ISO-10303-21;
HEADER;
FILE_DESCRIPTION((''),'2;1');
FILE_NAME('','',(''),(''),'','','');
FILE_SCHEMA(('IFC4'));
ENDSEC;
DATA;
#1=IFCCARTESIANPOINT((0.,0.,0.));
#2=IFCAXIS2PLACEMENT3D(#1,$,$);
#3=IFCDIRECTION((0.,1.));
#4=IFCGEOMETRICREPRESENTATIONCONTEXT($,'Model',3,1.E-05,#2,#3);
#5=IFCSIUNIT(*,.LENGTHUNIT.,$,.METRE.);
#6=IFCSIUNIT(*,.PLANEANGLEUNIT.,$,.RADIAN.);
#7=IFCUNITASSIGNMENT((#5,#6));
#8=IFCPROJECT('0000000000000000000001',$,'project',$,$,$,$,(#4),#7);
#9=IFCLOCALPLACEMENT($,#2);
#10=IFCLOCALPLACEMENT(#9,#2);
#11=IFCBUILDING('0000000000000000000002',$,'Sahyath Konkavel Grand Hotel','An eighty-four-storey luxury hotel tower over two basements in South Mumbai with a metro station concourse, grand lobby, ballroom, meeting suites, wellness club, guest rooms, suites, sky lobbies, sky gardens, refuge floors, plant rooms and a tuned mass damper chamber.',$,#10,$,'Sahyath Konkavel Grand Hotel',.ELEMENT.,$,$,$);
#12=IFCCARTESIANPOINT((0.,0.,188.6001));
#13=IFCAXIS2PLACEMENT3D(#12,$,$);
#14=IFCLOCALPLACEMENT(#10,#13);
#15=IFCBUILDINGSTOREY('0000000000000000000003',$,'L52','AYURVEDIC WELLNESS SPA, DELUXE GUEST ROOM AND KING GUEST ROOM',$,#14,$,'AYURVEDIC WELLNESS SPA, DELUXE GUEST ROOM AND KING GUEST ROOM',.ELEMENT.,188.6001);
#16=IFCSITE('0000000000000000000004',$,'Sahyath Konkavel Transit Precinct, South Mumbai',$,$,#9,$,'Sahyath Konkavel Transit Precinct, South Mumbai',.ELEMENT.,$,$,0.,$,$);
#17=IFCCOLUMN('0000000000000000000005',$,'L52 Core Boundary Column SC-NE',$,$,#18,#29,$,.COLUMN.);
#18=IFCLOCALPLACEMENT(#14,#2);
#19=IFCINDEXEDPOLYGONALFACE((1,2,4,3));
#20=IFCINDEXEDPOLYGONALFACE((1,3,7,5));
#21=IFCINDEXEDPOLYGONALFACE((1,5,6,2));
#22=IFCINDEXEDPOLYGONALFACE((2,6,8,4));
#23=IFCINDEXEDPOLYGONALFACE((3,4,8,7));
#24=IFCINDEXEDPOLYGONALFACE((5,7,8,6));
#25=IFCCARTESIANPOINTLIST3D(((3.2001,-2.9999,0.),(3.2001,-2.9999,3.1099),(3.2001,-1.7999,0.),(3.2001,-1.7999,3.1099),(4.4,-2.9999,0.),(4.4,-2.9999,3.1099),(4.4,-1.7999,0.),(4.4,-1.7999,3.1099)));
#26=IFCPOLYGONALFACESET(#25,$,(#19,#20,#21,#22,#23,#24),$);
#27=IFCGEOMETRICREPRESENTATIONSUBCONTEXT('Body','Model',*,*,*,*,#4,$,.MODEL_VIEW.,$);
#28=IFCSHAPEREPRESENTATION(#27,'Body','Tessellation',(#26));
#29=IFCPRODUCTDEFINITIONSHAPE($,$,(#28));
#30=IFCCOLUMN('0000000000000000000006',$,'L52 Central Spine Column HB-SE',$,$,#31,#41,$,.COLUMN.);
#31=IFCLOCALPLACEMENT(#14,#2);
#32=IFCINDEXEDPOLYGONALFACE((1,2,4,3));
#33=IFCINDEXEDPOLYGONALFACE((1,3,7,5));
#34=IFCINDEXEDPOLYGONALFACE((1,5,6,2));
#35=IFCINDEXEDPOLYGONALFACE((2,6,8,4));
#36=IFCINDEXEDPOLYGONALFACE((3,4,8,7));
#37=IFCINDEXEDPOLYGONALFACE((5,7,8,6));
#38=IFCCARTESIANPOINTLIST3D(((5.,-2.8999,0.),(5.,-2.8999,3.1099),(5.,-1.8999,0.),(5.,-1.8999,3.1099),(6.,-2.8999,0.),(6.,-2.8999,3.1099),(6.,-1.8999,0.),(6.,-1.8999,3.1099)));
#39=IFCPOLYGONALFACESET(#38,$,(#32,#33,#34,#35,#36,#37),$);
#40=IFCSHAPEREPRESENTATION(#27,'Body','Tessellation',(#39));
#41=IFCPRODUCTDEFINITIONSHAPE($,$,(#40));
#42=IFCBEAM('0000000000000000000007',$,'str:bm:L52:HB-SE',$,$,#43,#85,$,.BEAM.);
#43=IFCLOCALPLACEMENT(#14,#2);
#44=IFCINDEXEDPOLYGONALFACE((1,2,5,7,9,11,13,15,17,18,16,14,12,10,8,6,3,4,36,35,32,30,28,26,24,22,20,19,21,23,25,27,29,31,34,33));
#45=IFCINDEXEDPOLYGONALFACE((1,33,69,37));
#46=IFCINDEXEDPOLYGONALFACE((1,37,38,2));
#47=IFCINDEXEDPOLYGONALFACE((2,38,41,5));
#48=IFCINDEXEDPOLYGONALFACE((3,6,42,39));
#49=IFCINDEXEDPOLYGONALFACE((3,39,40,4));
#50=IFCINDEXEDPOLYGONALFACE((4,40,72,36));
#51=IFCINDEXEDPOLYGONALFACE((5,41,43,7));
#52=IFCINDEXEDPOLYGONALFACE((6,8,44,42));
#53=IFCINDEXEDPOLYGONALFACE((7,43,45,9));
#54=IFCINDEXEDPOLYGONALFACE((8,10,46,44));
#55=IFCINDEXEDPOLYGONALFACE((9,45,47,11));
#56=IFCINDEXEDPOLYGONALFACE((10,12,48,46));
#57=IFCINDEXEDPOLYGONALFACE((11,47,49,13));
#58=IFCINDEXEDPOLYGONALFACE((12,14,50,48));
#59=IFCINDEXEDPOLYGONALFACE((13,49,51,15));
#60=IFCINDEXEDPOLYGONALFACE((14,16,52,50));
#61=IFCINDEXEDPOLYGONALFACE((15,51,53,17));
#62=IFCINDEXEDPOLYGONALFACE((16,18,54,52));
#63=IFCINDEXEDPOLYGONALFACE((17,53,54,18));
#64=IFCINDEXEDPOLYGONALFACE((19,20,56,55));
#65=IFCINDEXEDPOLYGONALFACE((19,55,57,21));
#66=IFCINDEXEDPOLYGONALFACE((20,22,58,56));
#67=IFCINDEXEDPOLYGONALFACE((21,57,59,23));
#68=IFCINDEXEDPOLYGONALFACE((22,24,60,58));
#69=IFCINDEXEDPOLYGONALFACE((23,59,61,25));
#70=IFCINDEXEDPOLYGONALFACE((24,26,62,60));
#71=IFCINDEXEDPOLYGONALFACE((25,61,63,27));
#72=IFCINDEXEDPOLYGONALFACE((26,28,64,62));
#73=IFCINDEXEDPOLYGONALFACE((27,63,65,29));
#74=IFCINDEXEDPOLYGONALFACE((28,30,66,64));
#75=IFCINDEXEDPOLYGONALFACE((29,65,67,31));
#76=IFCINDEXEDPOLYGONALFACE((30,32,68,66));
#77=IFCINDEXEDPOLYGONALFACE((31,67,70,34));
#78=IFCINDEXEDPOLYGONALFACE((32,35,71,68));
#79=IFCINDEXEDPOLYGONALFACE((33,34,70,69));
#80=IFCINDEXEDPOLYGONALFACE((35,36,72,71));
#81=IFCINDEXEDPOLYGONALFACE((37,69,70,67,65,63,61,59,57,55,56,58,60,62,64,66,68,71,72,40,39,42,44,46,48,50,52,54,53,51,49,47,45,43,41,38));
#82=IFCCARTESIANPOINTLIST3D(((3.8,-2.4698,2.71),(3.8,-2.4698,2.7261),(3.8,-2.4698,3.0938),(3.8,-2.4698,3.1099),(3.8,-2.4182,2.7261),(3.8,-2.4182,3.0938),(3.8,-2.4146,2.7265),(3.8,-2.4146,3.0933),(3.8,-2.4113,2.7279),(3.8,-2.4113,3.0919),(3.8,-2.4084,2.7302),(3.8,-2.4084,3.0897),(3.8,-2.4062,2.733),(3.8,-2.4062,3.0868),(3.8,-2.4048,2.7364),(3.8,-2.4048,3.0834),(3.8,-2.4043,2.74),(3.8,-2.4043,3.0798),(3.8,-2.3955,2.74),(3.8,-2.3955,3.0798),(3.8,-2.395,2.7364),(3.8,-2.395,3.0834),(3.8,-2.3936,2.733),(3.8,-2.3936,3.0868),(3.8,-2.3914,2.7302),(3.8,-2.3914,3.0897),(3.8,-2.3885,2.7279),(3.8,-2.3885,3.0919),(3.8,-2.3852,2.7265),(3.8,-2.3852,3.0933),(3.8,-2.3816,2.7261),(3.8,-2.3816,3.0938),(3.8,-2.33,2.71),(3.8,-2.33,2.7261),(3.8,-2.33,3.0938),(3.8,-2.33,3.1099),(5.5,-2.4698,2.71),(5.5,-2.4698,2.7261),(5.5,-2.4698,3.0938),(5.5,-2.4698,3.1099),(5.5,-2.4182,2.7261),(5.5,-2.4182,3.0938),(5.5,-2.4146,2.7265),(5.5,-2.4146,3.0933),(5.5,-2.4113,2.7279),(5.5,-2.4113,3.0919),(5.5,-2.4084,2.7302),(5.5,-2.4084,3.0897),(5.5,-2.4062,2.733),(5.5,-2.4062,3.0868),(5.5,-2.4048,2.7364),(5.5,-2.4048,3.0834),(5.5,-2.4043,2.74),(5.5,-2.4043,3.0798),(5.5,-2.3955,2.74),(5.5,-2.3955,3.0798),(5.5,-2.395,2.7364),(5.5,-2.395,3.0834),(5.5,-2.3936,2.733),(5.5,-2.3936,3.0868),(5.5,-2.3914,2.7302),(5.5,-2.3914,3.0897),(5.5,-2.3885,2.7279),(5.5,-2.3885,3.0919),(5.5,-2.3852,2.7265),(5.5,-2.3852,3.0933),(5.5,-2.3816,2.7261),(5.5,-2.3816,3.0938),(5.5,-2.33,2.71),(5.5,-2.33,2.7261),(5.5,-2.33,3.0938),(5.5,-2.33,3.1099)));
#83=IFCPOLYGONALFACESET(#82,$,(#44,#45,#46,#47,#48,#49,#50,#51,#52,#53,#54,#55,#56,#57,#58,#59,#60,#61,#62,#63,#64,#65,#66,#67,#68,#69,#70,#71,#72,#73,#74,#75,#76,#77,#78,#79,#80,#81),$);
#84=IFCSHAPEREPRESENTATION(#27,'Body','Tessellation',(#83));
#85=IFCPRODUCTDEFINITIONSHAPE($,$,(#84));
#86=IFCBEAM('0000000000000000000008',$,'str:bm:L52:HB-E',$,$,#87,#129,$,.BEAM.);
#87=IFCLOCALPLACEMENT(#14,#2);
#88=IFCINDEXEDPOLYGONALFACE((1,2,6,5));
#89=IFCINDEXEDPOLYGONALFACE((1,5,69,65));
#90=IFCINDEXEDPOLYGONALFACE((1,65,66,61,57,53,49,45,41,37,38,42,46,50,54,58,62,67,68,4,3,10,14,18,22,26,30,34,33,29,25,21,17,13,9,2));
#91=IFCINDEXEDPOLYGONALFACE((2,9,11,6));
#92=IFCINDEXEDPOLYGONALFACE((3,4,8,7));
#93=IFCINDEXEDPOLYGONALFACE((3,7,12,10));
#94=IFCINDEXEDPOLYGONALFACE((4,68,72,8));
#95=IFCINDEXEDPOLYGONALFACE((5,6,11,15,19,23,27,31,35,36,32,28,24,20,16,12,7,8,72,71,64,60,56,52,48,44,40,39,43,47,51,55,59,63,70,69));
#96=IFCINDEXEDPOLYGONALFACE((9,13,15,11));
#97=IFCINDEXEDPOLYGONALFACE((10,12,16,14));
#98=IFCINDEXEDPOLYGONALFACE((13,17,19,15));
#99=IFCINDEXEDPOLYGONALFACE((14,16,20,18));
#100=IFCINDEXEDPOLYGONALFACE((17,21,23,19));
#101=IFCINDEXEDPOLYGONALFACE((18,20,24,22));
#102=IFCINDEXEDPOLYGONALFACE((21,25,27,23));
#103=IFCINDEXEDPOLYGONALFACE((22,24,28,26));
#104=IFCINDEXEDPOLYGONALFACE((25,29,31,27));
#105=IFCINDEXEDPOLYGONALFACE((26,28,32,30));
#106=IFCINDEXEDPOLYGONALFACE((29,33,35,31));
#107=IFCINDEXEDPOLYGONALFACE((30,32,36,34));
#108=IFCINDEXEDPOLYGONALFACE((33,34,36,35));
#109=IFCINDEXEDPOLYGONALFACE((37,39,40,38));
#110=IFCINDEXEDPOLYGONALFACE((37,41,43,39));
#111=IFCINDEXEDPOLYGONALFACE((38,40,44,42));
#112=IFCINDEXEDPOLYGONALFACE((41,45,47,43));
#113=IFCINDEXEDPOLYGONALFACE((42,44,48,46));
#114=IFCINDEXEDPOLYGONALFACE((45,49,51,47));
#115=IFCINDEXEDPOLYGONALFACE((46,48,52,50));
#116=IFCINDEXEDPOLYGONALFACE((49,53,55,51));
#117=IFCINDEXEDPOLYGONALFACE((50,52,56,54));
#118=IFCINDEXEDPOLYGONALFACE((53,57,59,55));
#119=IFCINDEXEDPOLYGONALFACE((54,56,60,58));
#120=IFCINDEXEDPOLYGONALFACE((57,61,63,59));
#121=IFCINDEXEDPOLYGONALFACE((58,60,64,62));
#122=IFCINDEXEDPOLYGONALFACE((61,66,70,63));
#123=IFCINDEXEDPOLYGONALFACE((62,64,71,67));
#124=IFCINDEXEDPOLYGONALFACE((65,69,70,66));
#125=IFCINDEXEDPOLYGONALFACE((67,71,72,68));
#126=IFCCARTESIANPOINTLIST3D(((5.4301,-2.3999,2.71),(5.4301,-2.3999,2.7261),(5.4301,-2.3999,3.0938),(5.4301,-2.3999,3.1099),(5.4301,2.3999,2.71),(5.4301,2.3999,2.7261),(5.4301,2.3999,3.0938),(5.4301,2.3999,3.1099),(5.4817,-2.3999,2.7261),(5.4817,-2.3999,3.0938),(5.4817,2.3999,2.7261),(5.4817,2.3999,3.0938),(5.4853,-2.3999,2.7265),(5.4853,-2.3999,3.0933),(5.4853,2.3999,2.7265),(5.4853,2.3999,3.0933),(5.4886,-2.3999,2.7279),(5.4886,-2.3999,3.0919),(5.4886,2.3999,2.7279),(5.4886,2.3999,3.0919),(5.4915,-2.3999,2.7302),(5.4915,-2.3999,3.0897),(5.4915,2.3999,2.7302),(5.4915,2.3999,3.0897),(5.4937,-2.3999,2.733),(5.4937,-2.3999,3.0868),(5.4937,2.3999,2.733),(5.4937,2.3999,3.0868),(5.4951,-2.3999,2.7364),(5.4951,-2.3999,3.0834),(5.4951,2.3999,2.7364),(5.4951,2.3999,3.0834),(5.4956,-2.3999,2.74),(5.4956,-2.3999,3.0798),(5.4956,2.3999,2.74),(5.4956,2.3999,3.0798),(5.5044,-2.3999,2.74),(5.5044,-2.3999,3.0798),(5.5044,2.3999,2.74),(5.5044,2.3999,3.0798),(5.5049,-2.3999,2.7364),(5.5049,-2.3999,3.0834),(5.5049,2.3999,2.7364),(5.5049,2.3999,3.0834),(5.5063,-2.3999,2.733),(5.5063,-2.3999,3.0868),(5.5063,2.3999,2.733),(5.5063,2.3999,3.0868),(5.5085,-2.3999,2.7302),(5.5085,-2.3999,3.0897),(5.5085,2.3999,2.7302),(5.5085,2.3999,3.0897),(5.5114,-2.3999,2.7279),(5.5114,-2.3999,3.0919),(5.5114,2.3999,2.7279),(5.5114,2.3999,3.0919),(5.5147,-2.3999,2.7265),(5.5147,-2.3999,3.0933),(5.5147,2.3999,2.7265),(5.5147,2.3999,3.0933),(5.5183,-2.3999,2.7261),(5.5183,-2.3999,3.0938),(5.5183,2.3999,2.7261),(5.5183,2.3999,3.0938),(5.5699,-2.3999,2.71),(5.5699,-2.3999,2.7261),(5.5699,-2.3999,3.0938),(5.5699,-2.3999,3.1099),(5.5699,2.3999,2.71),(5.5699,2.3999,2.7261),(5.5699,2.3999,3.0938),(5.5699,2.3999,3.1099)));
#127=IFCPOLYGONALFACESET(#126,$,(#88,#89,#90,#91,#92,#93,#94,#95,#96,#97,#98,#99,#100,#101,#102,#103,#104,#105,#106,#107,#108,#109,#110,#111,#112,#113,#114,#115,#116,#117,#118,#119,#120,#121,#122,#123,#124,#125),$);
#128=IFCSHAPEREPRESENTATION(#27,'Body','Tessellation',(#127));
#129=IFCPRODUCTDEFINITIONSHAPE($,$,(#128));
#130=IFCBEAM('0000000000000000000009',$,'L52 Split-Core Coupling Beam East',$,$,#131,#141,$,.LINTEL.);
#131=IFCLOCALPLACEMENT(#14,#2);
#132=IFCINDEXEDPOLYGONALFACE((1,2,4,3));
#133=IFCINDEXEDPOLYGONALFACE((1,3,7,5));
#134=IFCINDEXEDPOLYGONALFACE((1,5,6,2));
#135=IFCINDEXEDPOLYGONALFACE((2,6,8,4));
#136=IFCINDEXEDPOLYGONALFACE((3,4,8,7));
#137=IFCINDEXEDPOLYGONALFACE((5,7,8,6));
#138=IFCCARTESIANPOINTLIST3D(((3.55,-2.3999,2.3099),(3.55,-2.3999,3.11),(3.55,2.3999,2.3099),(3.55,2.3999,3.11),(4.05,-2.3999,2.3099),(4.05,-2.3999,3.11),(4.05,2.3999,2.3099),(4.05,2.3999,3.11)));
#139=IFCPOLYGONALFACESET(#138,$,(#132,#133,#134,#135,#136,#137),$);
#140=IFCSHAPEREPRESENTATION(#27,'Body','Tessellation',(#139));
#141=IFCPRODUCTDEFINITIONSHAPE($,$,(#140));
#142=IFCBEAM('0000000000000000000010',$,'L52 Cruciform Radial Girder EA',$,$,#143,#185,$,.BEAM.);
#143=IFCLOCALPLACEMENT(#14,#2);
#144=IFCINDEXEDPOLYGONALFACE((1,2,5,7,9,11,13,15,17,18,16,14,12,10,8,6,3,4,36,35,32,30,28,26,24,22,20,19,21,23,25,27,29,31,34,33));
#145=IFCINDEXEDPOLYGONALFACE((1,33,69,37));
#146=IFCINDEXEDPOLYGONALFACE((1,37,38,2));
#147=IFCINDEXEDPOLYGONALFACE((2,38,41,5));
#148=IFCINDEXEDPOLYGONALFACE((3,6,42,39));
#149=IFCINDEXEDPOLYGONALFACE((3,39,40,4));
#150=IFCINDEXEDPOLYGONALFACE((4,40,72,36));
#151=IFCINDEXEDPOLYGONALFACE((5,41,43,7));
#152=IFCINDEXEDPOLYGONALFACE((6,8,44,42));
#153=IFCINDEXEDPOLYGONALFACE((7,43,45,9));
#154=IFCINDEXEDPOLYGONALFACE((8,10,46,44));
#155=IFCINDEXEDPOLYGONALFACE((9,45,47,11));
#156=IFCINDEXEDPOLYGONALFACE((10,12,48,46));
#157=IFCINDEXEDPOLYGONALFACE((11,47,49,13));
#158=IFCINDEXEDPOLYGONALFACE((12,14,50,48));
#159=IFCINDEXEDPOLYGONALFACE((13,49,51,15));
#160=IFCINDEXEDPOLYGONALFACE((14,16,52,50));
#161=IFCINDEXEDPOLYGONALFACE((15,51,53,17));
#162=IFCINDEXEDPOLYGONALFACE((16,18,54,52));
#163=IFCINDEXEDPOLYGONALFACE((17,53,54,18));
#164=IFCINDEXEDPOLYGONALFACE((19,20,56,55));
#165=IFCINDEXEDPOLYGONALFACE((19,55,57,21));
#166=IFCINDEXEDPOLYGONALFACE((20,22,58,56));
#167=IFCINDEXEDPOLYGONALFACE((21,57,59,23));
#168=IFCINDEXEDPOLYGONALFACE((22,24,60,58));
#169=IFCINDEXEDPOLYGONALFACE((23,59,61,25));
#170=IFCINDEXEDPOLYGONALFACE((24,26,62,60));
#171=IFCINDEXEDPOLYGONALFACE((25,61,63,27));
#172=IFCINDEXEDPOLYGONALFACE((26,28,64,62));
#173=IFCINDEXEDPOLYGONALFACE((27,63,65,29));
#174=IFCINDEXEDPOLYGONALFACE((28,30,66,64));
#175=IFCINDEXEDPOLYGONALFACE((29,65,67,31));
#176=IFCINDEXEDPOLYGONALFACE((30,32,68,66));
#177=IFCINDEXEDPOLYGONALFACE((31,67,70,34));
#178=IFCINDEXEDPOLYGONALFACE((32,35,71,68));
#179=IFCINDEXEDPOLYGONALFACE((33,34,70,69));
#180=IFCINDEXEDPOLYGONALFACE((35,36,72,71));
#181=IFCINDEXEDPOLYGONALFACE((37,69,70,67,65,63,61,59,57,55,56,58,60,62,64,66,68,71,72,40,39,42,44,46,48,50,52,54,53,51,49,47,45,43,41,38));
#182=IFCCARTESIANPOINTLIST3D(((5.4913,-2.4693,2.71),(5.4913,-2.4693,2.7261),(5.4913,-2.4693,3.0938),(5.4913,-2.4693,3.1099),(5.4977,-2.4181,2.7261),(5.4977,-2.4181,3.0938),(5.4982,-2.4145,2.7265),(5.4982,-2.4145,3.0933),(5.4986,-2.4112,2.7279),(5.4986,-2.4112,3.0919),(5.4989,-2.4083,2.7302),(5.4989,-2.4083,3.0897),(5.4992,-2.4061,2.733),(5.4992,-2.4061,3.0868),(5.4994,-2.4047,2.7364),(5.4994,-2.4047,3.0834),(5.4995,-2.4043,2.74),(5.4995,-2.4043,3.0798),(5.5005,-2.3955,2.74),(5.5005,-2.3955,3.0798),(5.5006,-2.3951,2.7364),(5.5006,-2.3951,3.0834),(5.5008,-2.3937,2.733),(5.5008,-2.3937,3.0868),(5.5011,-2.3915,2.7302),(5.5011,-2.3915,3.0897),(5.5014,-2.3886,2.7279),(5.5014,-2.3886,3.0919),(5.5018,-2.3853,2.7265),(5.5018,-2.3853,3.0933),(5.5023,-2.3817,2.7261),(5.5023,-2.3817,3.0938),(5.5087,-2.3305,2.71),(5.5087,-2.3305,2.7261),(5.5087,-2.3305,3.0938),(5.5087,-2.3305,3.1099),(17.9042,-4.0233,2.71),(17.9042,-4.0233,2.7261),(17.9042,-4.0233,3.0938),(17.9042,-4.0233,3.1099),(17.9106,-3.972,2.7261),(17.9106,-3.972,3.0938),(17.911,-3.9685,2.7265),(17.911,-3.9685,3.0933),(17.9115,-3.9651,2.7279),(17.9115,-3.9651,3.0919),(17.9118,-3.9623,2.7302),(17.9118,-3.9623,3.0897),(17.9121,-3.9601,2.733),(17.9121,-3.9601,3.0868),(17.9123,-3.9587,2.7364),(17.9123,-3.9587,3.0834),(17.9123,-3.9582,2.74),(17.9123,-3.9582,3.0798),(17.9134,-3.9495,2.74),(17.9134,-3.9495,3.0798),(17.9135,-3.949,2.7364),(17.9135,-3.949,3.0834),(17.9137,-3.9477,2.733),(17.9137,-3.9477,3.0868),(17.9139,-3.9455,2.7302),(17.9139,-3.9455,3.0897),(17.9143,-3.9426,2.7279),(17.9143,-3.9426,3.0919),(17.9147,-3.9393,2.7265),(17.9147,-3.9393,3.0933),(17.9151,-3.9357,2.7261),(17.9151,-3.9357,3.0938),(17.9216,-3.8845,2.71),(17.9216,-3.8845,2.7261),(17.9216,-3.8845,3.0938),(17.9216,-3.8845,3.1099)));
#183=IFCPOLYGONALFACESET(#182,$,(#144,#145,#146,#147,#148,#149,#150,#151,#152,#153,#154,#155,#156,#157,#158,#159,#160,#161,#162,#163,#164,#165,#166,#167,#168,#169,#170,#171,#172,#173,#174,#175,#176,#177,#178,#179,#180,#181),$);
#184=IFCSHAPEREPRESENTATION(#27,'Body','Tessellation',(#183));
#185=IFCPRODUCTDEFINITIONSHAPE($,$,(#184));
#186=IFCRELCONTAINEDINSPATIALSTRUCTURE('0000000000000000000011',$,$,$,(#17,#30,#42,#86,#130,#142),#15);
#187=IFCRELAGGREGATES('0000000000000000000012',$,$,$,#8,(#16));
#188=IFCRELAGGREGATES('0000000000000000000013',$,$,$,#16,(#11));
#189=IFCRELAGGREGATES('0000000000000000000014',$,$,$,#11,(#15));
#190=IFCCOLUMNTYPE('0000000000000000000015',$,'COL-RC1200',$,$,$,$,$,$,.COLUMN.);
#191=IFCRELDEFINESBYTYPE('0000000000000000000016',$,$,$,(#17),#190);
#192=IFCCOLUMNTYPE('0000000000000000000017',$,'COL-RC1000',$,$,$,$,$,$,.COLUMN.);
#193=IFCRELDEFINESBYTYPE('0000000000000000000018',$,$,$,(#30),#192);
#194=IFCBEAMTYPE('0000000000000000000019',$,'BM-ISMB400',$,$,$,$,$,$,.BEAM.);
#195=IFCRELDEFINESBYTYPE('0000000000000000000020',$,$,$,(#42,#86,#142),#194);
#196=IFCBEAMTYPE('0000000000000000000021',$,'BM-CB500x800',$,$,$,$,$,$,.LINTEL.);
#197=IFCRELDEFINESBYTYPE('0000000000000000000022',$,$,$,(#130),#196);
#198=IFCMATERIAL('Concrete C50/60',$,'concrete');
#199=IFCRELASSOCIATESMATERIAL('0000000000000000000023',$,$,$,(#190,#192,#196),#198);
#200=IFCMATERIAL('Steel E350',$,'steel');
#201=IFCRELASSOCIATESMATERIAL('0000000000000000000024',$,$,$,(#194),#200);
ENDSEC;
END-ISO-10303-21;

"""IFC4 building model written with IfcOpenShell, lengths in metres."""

from ifc_helpers import new_model, si_unit, direction, frame, origin, origin_2d, place, context, subcontext, project, spatial, rectangle, i_section, extrude, source, transform, mapped, material, material_profile, profile_set, type_object, element, save


model = new_model("IFC4")

# Units and contexts
model_context = context("Model", 3, precision=1e-05, world=origin(), true_north=direction((0.0, 1.0)))
body_context = subcontext(model_context, "Body", "Model", "MODEL_VIEW")
ifc_project = project(units=[si_unit("LENGTHUNIT", "METRE"), si_unit("PLANEANGLEUNIT", "RADIAN")], contexts=[model_context])

# Site, building, storey
site_placement = place(None, origin())
site = spatial("IfcSite", under=ifc_project, at=site_placement, Name="Sahyath Konkavel Transit Precinct, South Mumbai", LongName="Sahyath Konkavel Transit Precinct, South Mumbai", CompositionType="ELEMENT", RefElevation=0.0)
building_placement = place(site_placement, origin())
building = spatial("IfcBuilding", under=site, at=building_placement, Name="Sahyath Konkavel Grand Hotel", Description="An eighty-four-storey luxury hotel tower over two basements in South Mumbai with a metro station concourse, grand lobby, ballroom, meeting suites, wellness club, guest rooms, suites, sky lobbies, sky gardens, refuge floors, plant rooms and a tuned mass damper chamber.", LongName="Sahyath Konkavel Grand Hotel", CompositionType="ELEMENT")
storey_placement = place(building_placement, frame((0.0, 0.0, 188.6001)))
storey = spatial("IfcBuildingStorey", under=building, at=storey_placement, Name="L52", Description="AYURVEDIC WELLNESS SPA, DELUXE GUEST ROOM AND KING GUEST ROOM", LongName="AYURVEDIC WELLNESS SPA, DELUXE GUEST ROOM AND KING GUEST ROOM", CompositionType="ELEMENT", Elevation=188.6001)

# Columns
ifc_material_1 = material(Name="Concrete C50/60", Category="concrete")
ifc_material_profile_1 = material_profile(ifc_material_1, rectangle(XDim=1.2, YDim=1.2, at=origin_2d()), Name="RC 1200x1200")
ifc_profile_set_1 = profile_set([ifc_material_profile_1], Name="Concrete C50/60")
column_type_1 = type_object("IfcColumnType", Name="COL-RC1200", PredefinedType="COLUMN", material=ifc_profile_set_1)
shared_shape_1 = source(origin(), body_context, "Body", "SweptSolid", [
    extrude(rectangle(XDim=1.2, YDim=1.2, at=origin_2d()), origin(), (0.0, 0.0, 1.0), 3.1099),
])
column_1_placement = place(storey_placement, frame((3.8, -2.3999, 0.0), z_axis=(0.0, 0.0, 1.0), x_axis=(1.0, 0.0, 0.0)))
element("IfcColumn", 1, at=column_1_placement, inside=storey, type_object=column_type_1, Name="L52 Core Boundary Column SC-NE", PredefinedType="COLUMN", context=body_context, shape_type="MappedRepresentation", body=[
    mapped(shared_shape_1, transform((0.0, 0.0, 0.0), scale=1.0)),
])
ifc_material_profile_2 = material_profile(ifc_material_1, rectangle(XDim=1.0, YDim=1.0, at=origin_2d()), Name="RC 1000x1000")
ifc_profile_set_2 = profile_set([ifc_material_profile_2], Name="Concrete C50/60")
column_type_2 = type_object("IfcColumnType", Name="COL-RC1000", PredefinedType="COLUMN", material=ifc_profile_set_2)
shared_shape_2 = source(origin(), body_context, "Body", "SweptSolid", [
    extrude(rectangle(XDim=1.0, YDim=1.0, at=origin_2d()), origin(), (0.0, 0.0, 1.0), 3.1099),
])
column_2_placement = place(storey_placement, frame((5.5, -2.3999, 0.0), z_axis=(0.0, 0.0, 1.0), x_axis=(1.0, 0.0, 0.0)))
element("IfcColumn", 2, at=column_2_placement, inside=storey, type_object=column_type_2, Name="L52 Central Spine Column HB-SE", PredefinedType="COLUMN", context=body_context, shape_type="MappedRepresentation", body=[
    mapped(shared_shape_2, transform((0.0, 0.0, 0.0), scale=1.0)),
])

# Beams
ifc_material_2 = material(Name="Steel E350", Category="steel")
ifc_material_profile_3 = material_profile(ifc_material_2, i_section(OverallWidth=0.1399, OverallDepth=0.3999, WebThickness=0.0088, FlangeThickness=0.0161, FilletRadius=0.0139, at=origin_2d()), Name="ISMB 400")
ifc_profile_set_3 = profile_set([ifc_material_profile_3], Name="Steel E350")
beam_type_1 = type_object("IfcBeamType", Name="BM-ISMB400", PredefinedType="BEAM", material=ifc_profile_set_3)
shared_shape_3 = source(origin(), body_context, "Body", "SweptSolid", [
    extrude(i_section(OverallWidth=0.1399, OverallDepth=0.3999, WebThickness=0.0088, FlangeThickness=0.0161, FilletRadius=0.0139, at=origin_2d()), origin(), (0.0, 0.0, 1.0), 1.7),
])
beam_1_placement = place(storey_placement, frame((3.8, -2.3999, 2.9099), z_axis=(1.0, 0.0, 0.0), x_axis=(0.0, 1.0, 0.0)))
element("IfcBeam", 3, at=beam_1_placement, inside=storey, type_object=beam_type_1, Name="str:bm:L52:HB-SE", PredefinedType="BEAM", context=body_context, shape_type="MappedRepresentation", body=[
    mapped(shared_shape_3, transform((0.0, 0.0, 0.0), scale=1.0)),
])
shared_shape_4 = source(origin(), body_context, "Body", "SweptSolid", [
    extrude(i_section(OverallWidth=0.1399, OverallDepth=0.3999, WebThickness=0.0088, FlangeThickness=0.0161, FilletRadius=0.0139, at=origin_2d()), origin(), (0.0, 0.0, 1.0), 4.7998),
])
beam_2_placement = place(storey_placement, frame((5.5, -2.3999, 2.9099), z_axis=(0.0, 1.0, 0.0), x_axis=(-1.0, 0.0, 0.0)))
element("IfcBeam", 4, at=beam_2_placement, inside=storey, type_object=beam_type_1, Name="str:bm:L52:HB-E", PredefinedType="BEAM", context=body_context, shape_type="MappedRepresentation", body=[
    mapped(shared_shape_4, transform((0.0, 0.0, 0.0), scale=1.0)),
])
ifc_material_profile_4 = material_profile(ifc_material_1, rectangle(XDim=0.5, YDim=0.8, at=origin_2d()), Name="RC 500x800")
ifc_profile_set_4 = profile_set([ifc_material_profile_4], Name="Concrete C50/60")
beam_type_2 = type_object("IfcBeamType", Name="BM-CB500x800", PredefinedType="LINTEL", material=ifc_profile_set_4)
shared_shape_5 = source(origin(), body_context, "Body", "SweptSolid", [
    extrude(rectangle(XDim=0.5, YDim=0.8, at=origin_2d()), origin(), (0.0, 0.0, 1.0), 4.7998),
])
beam_3_placement = place(storey_placement, frame((3.8, -2.3999, 2.71), z_axis=(0.0, 1.0, 0.0), x_axis=(-1.0, 0.0, 0.0)))
element("IfcBeam", 5, at=beam_3_placement, inside=storey, type_object=beam_type_2, Name="L52 Split-Core Coupling Beam East", PredefinedType="LINTEL", context=body_context, shape_type="MappedRepresentation", body=[
    mapped(shared_shape_5, transform((0.0, 0.0, 0.0), scale=1.0)),
])
shared_shape_6 = source(origin(), body_context, "Body", "SweptSolid", [
    extrude(i_section(OverallWidth=0.1399, OverallDepth=0.3999, WebThickness=0.0088, FlangeThickness=0.0161, FilletRadius=0.0139, at=origin_2d()), origin(), (0.0, 0.0, 1.0), 12.5098),
])
beam_4_placement = place(storey_placement, frame((5.5, -2.3999, 2.9099), z_axis=(0.992255, -0.12422, 0.0), x_axis=(0.12422, 0.992255, 0.0)))
element("IfcBeam", 6, at=beam_4_placement, inside=storey, type_object=beam_type_1, Name="L52 Cruciform Radial Girder EA", PredefinedType="BEAM", context=body_context, shape_type="MappedRepresentation", body=[
    mapped(shared_shape_6, transform((0.0, 0.0, 0.0), scale=1.0)),
])

save(model, "model.ifc")
